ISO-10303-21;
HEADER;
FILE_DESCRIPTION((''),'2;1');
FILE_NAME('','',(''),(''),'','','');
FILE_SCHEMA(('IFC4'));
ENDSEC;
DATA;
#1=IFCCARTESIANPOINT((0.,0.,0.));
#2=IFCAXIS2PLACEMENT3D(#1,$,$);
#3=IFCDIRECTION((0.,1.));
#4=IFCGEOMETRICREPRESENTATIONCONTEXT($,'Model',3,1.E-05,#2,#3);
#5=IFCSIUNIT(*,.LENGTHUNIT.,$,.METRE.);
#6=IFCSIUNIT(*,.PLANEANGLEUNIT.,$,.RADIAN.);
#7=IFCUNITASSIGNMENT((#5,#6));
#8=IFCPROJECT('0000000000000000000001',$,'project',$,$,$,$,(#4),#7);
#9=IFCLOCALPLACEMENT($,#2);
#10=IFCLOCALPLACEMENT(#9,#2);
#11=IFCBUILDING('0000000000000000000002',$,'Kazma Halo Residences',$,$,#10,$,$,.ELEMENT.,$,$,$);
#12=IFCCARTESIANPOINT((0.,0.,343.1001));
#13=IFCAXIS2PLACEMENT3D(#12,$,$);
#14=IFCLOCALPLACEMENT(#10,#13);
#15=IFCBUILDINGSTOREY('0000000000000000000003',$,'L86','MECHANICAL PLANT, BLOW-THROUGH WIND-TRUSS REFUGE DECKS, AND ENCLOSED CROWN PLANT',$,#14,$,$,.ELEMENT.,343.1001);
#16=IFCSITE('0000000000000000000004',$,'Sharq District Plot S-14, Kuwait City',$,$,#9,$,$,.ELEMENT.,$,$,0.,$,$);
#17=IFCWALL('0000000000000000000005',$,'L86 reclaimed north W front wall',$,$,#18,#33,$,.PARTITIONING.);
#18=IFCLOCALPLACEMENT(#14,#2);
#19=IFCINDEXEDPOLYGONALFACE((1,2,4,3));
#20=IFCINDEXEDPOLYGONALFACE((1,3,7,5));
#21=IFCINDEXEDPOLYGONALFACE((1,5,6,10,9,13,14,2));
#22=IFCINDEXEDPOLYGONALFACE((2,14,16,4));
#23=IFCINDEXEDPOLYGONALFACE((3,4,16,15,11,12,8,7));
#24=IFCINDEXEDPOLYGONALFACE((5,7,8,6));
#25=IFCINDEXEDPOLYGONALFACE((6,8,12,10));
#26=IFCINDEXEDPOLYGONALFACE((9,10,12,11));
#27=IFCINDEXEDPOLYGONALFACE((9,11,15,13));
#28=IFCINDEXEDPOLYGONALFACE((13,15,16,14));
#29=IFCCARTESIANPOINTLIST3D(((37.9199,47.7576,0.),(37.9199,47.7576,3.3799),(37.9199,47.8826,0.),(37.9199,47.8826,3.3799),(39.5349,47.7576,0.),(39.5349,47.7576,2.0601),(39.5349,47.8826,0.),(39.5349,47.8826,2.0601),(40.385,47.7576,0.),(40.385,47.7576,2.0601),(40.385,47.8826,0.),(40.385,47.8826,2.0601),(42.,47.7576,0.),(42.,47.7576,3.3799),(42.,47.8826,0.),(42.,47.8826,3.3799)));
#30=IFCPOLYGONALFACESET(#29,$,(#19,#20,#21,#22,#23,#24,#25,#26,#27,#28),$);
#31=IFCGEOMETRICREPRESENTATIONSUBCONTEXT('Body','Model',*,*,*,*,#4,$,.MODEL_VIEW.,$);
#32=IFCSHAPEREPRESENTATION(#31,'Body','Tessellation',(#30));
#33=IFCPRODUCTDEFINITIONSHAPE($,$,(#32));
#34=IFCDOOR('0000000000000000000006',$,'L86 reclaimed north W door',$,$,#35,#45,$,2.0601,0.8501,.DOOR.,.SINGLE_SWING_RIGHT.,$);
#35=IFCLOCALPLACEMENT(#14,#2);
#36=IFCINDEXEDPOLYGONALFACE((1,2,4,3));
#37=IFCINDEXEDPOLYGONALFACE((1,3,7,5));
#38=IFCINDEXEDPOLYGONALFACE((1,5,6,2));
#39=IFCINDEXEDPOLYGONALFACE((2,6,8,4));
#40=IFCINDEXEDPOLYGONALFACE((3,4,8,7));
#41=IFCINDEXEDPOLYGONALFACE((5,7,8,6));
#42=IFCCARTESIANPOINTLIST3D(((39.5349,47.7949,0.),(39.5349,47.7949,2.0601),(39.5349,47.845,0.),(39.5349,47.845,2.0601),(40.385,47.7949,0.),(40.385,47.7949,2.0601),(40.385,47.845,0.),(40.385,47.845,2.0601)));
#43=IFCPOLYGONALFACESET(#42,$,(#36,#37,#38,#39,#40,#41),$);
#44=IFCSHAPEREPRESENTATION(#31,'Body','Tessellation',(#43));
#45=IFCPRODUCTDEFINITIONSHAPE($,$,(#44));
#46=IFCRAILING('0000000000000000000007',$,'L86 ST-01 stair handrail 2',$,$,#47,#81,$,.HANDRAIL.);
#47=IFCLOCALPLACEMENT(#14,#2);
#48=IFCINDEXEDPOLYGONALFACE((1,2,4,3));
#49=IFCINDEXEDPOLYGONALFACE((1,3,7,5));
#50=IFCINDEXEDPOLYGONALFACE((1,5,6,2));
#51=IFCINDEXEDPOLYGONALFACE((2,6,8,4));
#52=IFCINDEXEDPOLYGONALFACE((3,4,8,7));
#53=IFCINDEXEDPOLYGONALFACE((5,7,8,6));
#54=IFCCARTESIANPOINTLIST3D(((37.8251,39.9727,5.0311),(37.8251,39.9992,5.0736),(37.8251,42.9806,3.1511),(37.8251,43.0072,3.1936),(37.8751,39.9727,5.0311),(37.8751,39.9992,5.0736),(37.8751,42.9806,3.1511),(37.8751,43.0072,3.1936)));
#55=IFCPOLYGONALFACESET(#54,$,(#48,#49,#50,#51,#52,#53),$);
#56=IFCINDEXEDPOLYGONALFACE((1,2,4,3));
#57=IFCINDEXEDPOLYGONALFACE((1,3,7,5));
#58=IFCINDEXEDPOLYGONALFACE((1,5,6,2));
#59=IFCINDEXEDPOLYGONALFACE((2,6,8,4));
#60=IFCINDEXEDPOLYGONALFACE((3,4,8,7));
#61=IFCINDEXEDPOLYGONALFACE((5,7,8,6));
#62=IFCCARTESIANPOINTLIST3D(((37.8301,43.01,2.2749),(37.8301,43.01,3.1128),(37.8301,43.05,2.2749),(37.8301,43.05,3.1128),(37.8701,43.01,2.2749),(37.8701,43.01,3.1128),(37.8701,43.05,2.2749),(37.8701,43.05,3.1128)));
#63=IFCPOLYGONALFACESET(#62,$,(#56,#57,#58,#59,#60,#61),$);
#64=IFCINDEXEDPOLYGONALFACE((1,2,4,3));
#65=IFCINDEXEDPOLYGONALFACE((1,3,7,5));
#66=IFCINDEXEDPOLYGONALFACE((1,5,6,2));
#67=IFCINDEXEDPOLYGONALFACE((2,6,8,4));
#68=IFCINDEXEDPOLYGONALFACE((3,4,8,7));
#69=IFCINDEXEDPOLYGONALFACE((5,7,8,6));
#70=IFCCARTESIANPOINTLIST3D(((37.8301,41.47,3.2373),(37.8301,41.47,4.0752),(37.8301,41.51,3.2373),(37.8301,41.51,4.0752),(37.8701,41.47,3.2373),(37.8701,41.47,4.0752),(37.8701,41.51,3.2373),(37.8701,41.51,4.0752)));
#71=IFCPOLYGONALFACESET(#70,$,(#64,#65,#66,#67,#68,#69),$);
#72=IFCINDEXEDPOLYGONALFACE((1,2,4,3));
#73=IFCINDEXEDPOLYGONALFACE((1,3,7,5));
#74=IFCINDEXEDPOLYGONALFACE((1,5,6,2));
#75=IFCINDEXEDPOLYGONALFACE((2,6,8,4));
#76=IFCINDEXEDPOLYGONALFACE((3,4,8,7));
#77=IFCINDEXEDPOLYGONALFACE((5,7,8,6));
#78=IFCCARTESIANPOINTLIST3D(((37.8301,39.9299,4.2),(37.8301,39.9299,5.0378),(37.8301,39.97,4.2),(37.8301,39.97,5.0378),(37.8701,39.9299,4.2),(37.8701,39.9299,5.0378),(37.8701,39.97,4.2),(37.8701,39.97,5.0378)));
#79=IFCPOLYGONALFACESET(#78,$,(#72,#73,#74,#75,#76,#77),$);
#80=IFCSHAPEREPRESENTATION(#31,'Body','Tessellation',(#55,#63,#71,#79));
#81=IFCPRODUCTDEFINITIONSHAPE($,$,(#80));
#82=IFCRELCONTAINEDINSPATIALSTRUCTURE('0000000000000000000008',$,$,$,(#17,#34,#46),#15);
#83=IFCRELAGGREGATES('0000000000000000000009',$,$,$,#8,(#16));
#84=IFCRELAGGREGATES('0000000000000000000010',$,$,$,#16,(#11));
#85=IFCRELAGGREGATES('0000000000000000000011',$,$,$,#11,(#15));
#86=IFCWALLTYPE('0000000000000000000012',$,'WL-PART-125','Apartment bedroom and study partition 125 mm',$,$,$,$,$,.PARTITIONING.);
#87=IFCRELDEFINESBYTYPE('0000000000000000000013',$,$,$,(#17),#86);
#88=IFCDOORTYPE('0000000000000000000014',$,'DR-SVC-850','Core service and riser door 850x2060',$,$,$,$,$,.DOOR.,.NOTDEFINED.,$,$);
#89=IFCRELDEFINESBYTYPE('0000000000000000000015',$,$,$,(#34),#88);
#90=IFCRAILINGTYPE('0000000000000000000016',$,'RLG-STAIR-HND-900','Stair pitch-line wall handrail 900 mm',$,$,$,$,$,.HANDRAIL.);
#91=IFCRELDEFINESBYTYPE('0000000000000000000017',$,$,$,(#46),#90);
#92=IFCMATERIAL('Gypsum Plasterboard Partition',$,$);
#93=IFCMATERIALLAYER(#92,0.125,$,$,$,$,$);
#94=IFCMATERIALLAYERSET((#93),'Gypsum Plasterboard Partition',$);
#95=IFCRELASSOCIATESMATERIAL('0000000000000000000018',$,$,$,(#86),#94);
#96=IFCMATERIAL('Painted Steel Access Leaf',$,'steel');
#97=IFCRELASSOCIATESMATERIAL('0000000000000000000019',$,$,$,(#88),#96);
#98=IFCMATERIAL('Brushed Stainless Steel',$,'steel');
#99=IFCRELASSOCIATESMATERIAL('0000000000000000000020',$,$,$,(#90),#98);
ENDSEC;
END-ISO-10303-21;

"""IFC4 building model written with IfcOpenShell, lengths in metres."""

from ifc_helpers import new_model, si_unit, direction, frame, frame_2d, origin, origin_2d, place, context, subcontext, project, spatial, rectangle, extrude, material, layer, layer_set, type_object, element, fill, save


model = new_model("IFC4")

# Units and contexts
model_context = context("Model", 3, precision=1e-05, world=origin(), true_north=direction((0.0, 1.0)))
body_context = subcontext(model_context, "Body", "Model", "MODEL_VIEW")
ifc_project = project(units=[si_unit("LENGTHUNIT", "METRE"), si_unit("PLANEANGLEUNIT", "RADIAN")], contexts=[model_context])

# Site, building, storey
site_placement = place(None, origin())
site = spatial("IfcSite", under=ifc_project, at=site_placement, Name="Sharq District Plot S-14, Kuwait City", CompositionType="ELEMENT", RefElevation=0.0)
building_placement = place(site_placement, origin())
building = spatial("IfcBuilding", under=site, at=building_placement, Name="Kazma Halo Residences", CompositionType="ELEMENT")
storey_placement = place(building_placement, frame((0.0, 0.0, 343.1001)))
storey = spatial("IfcBuildingStorey", under=building, at=storey_placement, Name="L86", Description="MECHANICAL PLANT, BLOW-THROUGH WIND-TRUSS REFUGE DECKS, AND ENCLOSED CROWN PLANT", CompositionType="ELEMENT", Elevation=343.1001)

# Wall, opening, door
ifc_material_1 = material(Name="Gypsum Plasterboard Partition")
ifc_layer_1 = layer(ifc_material_1, 0.125)
ifc_layer_set_1 = layer_set([ifc_layer_1], Name="Gypsum Plasterboard Partition")
wall_type_1 = type_object("IfcWallType", Name="WL-PART-125", Description="Apartment bedroom and study partition 125 mm", PredefinedType="PARTITIONING", material=ifc_layer_set_1)
wall_1_placement = place(storey_placement, frame((37.9199, 47.8201, 0.0), z_axis=(0.0, 0.0, 1.0), x_axis=(1.0, 0.0, 0.0)))
wall_1 = element("IfcWall", 1, at=wall_1_placement, inside=storey, type_object=wall_type_1, Name="L86 reclaimed north W front wall", PredefinedType="PARTITIONING", context=body_context, shape_type="SweptSolid", body=[
    extrude(rectangle(XDim=4.0801, YDim=0.125, at=frame_2d((2.04, 0.0))), origin(), (0.0, 0.0, 1.0), 3.3799),
])
opening_placement = place(wall_1_placement, frame((1.615, 0.0, 0.0)))
opening = element("IfcOpeningElement", 2, at=opening_placement, cuts=wall_1, PredefinedType="OPENING", context=body_context, shape_type="SweptSolid", body=[
    extrude(rectangle(XDim=0.8501, YDim=2.0601, at=frame_2d((0.425, 1.03))), frame((0.0, 0.0725, 0.0), z_axis=(0.0, -1.0, 0.0), x_axis=(1.0, 0.0, 0.0)), (0.0, 0.0, 1.0), 0.145),
])
ifc_material_2 = material(Name="Painted Steel Access Leaf", Category="steel")
door_type = type_object("IfcDoorType", Name="DR-SVC-850", Description="Core service and riser door 850x2060", OperationType="NOTDEFINED", PredefinedType="DOOR", material=ifc_material_2)
door_placement = place(opening_placement, origin())
door = element("IfcDoor", 3, at=door_placement, inside=storey, type_object=door_type, Name="L86 reclaimed north W door", OperationType="SINGLE_SWING_RIGHT", OverallHeight=2.0601, OverallWidth=0.8501, PredefinedType="DOOR", context=body_context, shape_type="SweptSolid", body=[
    extrude(rectangle(XDim=0.8501, YDim=2.0601, at=frame_2d((0.425, 1.03))), frame((0.0, 0.0249, 0.0), z_axis=(0.0, -1.0, 0.0), x_axis=(1.0, 0.0, 0.0)), (0.0, 0.0, 1.0), 0.05),
])
fill(opening, door)

# Railing
ifc_material_3 = material(Name="Brushed Stainless Steel", Category="steel")
railing_type = type_object("IfcRailingType", Name="RLG-STAIR-HND-900", Description="Stair pitch-line wall handrail 900 mm", PredefinedType="HANDRAIL", material=ifc_material_3)
railing_placement = place(storey_placement, frame((37.8501, 43.03, 2.2749)))
element("IfcRailing", 4, at=railing_placement, inside=storey, type_object=railing_type, Name="L86 ST-01 stair handrail 2", PredefinedType="HANDRAIL", context=body_context, shape_type="SweptSolid", body=[
    extrude(rectangle(XDim=0.05, YDim=0.05, at=origin_2d()), frame((0.0, -0.0361, 0.8975), z_axis=(0.0, -0.847998, 0.529999), x_axis=(1.0, 0.0, 0.0)), (0.0, 0.0, 1.0), 3.5471),
    extrude(rectangle(XDim=0.04, YDim=0.04, at=origin_2d()), origin(), (0.0, 0.0, 1.0), 0.8379),
    extrude(rectangle(XDim=0.04, YDim=0.04, at=origin_2d()), frame((0.0, -1.54, 0.9624)), (0.0, 0.0, 1.0), 0.8379),
    extrude(rectangle(XDim=0.04, YDim=0.04, at=origin_2d()), frame((0.0, -3.0801, 1.925)), (0.0, 0.0, 1.0), 0.8379),
])

save(model, "model.ifc")
